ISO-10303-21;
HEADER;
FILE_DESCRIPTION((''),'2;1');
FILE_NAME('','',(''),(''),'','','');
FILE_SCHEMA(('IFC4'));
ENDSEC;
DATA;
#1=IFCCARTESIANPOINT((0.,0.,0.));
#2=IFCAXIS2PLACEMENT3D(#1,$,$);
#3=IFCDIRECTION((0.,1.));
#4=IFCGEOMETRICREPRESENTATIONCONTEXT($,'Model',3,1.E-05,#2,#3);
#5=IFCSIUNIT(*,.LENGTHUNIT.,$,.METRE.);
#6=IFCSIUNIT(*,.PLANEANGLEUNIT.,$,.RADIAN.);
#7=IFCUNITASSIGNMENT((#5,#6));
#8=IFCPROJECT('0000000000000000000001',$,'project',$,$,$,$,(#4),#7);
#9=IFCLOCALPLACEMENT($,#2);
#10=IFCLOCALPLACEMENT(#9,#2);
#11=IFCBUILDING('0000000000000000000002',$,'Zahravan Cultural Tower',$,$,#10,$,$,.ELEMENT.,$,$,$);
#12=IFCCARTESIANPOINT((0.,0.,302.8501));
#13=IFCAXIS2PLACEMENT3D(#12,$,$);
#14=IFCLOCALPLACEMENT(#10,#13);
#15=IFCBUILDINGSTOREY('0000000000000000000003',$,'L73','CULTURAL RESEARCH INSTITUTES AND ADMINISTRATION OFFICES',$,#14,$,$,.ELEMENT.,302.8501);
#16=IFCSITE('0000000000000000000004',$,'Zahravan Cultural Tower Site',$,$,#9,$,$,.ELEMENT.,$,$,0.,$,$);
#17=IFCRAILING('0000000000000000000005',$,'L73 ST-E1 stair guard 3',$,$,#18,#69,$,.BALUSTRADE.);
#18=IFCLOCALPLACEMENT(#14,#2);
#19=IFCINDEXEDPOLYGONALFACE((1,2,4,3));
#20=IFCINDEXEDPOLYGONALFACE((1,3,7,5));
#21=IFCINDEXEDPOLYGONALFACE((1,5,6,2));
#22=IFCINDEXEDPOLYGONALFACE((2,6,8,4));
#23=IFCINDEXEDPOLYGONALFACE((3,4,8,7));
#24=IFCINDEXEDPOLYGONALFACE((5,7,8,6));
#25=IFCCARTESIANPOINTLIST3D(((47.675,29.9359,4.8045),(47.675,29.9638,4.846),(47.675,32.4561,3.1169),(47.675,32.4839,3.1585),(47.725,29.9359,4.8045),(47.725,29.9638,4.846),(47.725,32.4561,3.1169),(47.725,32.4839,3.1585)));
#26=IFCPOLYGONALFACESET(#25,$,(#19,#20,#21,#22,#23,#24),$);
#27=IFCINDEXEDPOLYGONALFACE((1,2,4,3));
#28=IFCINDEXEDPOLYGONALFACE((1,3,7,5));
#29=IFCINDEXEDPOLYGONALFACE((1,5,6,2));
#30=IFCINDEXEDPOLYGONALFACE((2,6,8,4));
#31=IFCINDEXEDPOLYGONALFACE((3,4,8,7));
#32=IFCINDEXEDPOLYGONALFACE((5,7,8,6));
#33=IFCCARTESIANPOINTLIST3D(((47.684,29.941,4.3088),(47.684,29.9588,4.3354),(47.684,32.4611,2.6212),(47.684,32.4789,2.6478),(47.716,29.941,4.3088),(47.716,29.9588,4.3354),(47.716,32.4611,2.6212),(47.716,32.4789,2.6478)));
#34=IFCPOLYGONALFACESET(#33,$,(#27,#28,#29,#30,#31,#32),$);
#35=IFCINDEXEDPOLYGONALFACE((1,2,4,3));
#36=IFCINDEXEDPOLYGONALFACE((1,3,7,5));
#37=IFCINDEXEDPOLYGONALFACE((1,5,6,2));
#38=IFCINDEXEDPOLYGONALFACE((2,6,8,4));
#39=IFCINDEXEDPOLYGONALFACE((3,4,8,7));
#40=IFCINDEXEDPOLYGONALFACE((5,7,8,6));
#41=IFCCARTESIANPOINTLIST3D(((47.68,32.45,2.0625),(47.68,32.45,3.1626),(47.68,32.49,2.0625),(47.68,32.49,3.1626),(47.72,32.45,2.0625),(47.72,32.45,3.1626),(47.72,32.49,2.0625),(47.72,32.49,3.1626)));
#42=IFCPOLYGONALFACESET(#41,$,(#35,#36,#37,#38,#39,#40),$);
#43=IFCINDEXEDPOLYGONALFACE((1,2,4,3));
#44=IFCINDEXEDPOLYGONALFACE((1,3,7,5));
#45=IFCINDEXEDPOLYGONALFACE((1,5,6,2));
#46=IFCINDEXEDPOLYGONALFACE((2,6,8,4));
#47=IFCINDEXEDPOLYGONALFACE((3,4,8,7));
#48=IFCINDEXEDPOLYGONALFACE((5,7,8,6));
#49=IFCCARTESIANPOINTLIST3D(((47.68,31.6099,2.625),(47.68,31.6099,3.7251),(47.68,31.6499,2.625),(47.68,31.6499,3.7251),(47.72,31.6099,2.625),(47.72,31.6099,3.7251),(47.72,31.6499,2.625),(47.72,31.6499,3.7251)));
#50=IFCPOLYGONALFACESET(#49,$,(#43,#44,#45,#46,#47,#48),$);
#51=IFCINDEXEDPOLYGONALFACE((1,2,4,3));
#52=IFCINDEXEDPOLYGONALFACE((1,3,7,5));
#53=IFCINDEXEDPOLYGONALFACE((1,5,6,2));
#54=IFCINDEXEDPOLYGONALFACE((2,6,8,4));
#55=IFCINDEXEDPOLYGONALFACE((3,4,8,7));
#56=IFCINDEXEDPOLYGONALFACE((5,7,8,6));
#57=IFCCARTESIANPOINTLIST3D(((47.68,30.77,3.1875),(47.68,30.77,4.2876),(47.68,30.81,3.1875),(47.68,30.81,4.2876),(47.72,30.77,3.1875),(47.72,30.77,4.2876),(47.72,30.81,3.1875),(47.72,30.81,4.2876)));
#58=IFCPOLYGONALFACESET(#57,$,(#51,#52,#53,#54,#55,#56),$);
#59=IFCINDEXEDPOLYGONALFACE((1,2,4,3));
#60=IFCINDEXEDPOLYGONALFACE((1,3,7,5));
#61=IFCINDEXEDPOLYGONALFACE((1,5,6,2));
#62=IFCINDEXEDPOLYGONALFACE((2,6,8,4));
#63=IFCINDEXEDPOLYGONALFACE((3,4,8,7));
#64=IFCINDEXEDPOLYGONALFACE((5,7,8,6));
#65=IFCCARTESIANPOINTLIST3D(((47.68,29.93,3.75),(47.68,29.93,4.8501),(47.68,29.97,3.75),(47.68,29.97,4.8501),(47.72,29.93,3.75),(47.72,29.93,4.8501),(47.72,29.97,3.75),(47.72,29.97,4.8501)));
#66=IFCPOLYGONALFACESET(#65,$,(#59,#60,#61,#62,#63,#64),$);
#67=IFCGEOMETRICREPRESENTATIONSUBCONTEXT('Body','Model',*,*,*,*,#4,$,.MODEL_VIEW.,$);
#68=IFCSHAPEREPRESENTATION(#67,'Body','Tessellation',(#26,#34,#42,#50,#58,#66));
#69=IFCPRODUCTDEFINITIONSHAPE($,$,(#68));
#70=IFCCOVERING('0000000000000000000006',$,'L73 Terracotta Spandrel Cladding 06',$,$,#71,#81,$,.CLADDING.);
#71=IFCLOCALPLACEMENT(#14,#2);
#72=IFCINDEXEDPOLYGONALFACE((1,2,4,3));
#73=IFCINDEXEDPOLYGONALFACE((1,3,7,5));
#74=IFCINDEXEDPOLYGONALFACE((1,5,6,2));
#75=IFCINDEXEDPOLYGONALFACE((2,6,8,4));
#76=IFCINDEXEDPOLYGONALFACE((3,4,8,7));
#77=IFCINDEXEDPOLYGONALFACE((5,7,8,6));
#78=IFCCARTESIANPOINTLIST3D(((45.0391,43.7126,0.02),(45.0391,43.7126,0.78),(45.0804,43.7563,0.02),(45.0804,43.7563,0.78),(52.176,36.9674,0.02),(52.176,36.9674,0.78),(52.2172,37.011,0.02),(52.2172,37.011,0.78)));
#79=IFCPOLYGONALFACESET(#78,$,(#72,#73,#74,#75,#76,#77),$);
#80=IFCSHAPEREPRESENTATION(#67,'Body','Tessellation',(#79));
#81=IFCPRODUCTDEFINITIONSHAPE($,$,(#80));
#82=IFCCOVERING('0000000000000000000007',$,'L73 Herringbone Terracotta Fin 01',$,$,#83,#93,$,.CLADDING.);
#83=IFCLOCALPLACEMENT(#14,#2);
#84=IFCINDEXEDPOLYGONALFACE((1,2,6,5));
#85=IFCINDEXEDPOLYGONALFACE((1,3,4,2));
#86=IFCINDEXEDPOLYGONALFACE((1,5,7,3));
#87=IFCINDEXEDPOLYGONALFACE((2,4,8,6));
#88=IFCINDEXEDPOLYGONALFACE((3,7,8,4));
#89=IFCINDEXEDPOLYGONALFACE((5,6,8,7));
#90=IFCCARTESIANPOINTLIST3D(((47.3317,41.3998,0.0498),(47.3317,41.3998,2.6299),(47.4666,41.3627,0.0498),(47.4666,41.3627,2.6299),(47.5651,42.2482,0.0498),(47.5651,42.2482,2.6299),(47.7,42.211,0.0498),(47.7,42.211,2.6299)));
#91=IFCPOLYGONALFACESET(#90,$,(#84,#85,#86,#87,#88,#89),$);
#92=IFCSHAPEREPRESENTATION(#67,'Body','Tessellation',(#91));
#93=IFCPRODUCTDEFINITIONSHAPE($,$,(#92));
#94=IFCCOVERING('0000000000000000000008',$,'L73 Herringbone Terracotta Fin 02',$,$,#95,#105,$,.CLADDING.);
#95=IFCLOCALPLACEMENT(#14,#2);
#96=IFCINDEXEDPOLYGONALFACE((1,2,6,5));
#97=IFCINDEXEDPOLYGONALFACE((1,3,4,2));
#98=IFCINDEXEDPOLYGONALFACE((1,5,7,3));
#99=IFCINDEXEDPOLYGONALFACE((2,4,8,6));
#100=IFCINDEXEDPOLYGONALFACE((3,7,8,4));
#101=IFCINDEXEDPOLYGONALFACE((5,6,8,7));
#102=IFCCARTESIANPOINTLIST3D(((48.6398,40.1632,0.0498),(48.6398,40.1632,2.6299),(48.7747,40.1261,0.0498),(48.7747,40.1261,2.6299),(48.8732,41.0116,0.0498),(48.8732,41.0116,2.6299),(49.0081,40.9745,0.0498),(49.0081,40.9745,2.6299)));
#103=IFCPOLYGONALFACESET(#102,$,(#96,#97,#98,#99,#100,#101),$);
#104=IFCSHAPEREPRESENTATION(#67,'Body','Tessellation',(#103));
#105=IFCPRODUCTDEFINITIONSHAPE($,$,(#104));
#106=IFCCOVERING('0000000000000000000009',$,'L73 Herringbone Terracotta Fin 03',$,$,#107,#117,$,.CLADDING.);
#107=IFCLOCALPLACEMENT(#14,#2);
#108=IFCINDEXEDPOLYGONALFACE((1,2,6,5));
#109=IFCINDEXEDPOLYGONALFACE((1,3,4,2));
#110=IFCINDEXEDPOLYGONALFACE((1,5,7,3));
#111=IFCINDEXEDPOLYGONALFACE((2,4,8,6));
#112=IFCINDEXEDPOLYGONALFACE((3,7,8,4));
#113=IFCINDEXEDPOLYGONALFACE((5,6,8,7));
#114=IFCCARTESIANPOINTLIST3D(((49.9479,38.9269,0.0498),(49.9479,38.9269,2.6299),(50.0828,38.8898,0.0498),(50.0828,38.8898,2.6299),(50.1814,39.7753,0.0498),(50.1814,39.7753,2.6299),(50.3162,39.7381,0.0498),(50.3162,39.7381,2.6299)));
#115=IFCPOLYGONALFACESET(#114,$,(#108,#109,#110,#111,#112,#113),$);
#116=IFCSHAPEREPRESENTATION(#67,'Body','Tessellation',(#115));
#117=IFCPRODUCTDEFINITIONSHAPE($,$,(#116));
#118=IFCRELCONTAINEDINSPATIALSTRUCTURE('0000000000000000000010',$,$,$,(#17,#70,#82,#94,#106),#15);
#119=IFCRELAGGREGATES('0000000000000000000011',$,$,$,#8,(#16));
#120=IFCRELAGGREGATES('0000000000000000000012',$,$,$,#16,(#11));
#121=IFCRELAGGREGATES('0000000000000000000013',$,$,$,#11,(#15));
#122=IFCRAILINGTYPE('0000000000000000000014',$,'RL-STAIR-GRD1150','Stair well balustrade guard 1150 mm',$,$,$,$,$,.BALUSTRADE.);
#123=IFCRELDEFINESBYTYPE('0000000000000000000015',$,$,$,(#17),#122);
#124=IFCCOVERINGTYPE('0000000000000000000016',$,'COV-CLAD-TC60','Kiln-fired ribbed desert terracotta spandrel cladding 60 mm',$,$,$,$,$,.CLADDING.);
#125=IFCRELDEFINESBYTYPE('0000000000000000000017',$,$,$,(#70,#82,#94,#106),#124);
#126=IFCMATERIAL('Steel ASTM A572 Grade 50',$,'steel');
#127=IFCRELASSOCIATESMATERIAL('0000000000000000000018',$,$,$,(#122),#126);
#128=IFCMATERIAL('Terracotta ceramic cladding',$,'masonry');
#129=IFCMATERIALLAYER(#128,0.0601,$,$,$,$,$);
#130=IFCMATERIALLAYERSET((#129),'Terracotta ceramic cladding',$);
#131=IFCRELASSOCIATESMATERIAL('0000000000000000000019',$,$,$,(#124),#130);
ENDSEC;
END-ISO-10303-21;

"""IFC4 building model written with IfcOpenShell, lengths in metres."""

from ifc_helpers import new_model, si_unit, direction, frame, origin, origin_2d, place, context, subcontext, project, spatial, rectangle, extrude, source, transform, mapped, material, layer, layer_set, type_object, element, save


model = new_model("IFC4")

# Units and contexts
model_context = context("Model", 3, precision=1e-05, world=origin(), true_north=direction((0.0, 1.0)))
body_context = subcontext(model_context, "Body", "Model", "MODEL_VIEW")
ifc_project = project(units=[si_unit("LENGTHUNIT", "METRE"), si_unit("PLANEANGLEUNIT", "RADIAN")], contexts=[model_context])

# Site, building, storey
site_placement = place(None, origin())
site = spatial("IfcSite", under=ifc_project, at=site_placement, Name="Zahravan Cultural Tower Site", CompositionType="ELEMENT", RefElevation=0.0)
building_placement = place(site_placement, origin())
building = spatial("IfcBuilding", under=site, at=building_placement, Name="Zahravan Cultural Tower", CompositionType="ELEMENT")
storey_placement = place(building_placement, frame((0.0, 0.0, 302.8501)))
storey = spatial("IfcBuildingStorey", under=building, at=storey_placement, Name="L73", Description="CULTURAL RESEARCH INSTITUTES AND ADMINISTRATION OFFICES", CompositionType="ELEMENT", Elevation=302.8501)

# Railing
ifc_material_1 = material(Name="Steel ASTM A572 Grade 50", Category="steel")
railing_type = type_object("IfcRailingType", Name="RL-STAIR-GRD1150", Description="Stair well balustrade guard 1150 mm", PredefinedType="BALUSTRADE", material=ifc_material_1)
railing_1_placement = place(storey_placement, frame((47.7, 32.47, 2.0625)))
element("IfcRailing", 1, at=railing_1_placement, inside=storey, type_object=railing_type, Name="L73 ST-E1 stair guard 3", PredefinedType="BALUSTRADE", context=body_context, shape_type="SweptSolid", body=[
    extrude(rectangle(XDim=0.05, YDim=0.05, at=origin_2d()), frame((0.0, 0.0, 1.0752), z_axis=(0.0, -0.830909, 0.556408), x_axis=(1.0, 0.0, 0.0)), (0.0, 0.0, 1.0), 3.033),
    extrude(rectangle(XDim=0.032, YDim=0.032, at=origin_2d()), frame((0.0, 0.0, 0.572), z_axis=(0.0, -0.830909, 0.556408), x_axis=(1.0, 0.0, 0.0)), (0.0, 0.0, 1.0), 3.033),
    extrude(rectangle(XDim=0.04, YDim=0.04, at=origin_2d()), origin(), (0.0, 0.0, 1.0), 1.1001),
    extrude(rectangle(XDim=0.04, YDim=0.04, at=origin_2d()), frame((0.0, -0.8401, 0.5625)), (0.0, 0.0, 1.0), 1.1001),
    extrude(rectangle(XDim=0.04, YDim=0.04, at=origin_2d()), frame((0.0, -1.6799, 1.125)), (0.0, 0.0, 1.0), 1.1001),
    extrude(rectangle(XDim=0.04, YDim=0.04, at=origin_2d()), frame((0.0, -2.52, 1.6875)), (0.0, 0.0, 1.0), 1.1001),
])

# Coverings
ifc_material_2 = material(Name="Terracotta ceramic cladding", Category="masonry")
ifc_layer_1 = layer(ifc_material_2, 0.0601)
ifc_layer_set_1 = layer_set([ifc_layer_1], Name="Terracotta ceramic cladding")
covering_type = type_object("IfcCoveringType", Name="COV-CLAD-TC60", Description="Kiln-fired ribbed desert terracotta spandrel cladding 60 mm", PredefinedType="CLADDING", material=ifc_layer_set_1)
shared_shape_1 = source(origin(), body_context, "Body", "SweptSolid", [
    extrude(rectangle(XDim=9.8201, YDim=0.0601, at=origin_2d()), origin(), (0.0, 0.0, 1.0), 0.76),
])
covering_placement = place(storey_placement, frame((48.6282, 40.3618, 0.02), z_axis=(0.0, 0.0, 1.0), x_axis=(0.726767, -0.686885, 0.0)))
element("IfcCovering", 2, at=covering_placement, inside=storey, type_object=covering_type, Name="L73 Terracotta Spandrel Cladding 06", PredefinedType="CLADDING", context=body_context, shape_type="MappedRepresentation", body=[
    mapped(shared_shape_1, transform((0.0, 0.0, 0.0), x_axis=(1.0, 0.0, 0.0), y_axis=(0.0, 1.0, 0.0), z_axis=(0.0, 0.0, 1.0), scale=1.0)),
])
shared_shape_2 = source(origin(), body_context, "Body", "SweptSolid", [
    extrude(rectangle(XDim=0.8799, YDim=0.1399, at=origin_2d()), origin(), (0.0, 0.0, 1.0), 2.5801),
])
for number, where, z_axis, x_axis, name in (
    (3, (47.5159, 41.8054, 0.0498), (0.0, 0.0, 1.0), (0.265287, 0.96417, 0.0), "L73 Herringbone Terracotta Fin 01"),
    (4, (48.824, 40.5688, 0.0498), (0.0, 0.0, 1.0), (0.265287, 0.96417, 0.0), "L73 Herringbone Terracotta Fin 02"),
    (5, (50.1321, 39.3325, 0.0498), (0.0, 0.0, 1.0), (0.265287, 0.96417, 0.0), "L73 Herringbone Terracotta Fin 03"),
):
    element("IfcCovering", number, at=place(storey_placement, frame(where, z_axis=z_axis, x_axis=x_axis)), inside=storey, type_object=covering_type, Name=name, PredefinedType="CLADDING", context=body_context, shape_type="MappedRepresentation", body=[
        mapped(shared_shape_2, transform((0.0, 0.0, 0.0), x_axis=(1.0, 0.0, 0.0), y_axis=(0.0, 1.0, 0.0), z_axis=(0.0, 0.0, 1.0), scale=1.0)),
    ])

save(model, "model.ifc")
